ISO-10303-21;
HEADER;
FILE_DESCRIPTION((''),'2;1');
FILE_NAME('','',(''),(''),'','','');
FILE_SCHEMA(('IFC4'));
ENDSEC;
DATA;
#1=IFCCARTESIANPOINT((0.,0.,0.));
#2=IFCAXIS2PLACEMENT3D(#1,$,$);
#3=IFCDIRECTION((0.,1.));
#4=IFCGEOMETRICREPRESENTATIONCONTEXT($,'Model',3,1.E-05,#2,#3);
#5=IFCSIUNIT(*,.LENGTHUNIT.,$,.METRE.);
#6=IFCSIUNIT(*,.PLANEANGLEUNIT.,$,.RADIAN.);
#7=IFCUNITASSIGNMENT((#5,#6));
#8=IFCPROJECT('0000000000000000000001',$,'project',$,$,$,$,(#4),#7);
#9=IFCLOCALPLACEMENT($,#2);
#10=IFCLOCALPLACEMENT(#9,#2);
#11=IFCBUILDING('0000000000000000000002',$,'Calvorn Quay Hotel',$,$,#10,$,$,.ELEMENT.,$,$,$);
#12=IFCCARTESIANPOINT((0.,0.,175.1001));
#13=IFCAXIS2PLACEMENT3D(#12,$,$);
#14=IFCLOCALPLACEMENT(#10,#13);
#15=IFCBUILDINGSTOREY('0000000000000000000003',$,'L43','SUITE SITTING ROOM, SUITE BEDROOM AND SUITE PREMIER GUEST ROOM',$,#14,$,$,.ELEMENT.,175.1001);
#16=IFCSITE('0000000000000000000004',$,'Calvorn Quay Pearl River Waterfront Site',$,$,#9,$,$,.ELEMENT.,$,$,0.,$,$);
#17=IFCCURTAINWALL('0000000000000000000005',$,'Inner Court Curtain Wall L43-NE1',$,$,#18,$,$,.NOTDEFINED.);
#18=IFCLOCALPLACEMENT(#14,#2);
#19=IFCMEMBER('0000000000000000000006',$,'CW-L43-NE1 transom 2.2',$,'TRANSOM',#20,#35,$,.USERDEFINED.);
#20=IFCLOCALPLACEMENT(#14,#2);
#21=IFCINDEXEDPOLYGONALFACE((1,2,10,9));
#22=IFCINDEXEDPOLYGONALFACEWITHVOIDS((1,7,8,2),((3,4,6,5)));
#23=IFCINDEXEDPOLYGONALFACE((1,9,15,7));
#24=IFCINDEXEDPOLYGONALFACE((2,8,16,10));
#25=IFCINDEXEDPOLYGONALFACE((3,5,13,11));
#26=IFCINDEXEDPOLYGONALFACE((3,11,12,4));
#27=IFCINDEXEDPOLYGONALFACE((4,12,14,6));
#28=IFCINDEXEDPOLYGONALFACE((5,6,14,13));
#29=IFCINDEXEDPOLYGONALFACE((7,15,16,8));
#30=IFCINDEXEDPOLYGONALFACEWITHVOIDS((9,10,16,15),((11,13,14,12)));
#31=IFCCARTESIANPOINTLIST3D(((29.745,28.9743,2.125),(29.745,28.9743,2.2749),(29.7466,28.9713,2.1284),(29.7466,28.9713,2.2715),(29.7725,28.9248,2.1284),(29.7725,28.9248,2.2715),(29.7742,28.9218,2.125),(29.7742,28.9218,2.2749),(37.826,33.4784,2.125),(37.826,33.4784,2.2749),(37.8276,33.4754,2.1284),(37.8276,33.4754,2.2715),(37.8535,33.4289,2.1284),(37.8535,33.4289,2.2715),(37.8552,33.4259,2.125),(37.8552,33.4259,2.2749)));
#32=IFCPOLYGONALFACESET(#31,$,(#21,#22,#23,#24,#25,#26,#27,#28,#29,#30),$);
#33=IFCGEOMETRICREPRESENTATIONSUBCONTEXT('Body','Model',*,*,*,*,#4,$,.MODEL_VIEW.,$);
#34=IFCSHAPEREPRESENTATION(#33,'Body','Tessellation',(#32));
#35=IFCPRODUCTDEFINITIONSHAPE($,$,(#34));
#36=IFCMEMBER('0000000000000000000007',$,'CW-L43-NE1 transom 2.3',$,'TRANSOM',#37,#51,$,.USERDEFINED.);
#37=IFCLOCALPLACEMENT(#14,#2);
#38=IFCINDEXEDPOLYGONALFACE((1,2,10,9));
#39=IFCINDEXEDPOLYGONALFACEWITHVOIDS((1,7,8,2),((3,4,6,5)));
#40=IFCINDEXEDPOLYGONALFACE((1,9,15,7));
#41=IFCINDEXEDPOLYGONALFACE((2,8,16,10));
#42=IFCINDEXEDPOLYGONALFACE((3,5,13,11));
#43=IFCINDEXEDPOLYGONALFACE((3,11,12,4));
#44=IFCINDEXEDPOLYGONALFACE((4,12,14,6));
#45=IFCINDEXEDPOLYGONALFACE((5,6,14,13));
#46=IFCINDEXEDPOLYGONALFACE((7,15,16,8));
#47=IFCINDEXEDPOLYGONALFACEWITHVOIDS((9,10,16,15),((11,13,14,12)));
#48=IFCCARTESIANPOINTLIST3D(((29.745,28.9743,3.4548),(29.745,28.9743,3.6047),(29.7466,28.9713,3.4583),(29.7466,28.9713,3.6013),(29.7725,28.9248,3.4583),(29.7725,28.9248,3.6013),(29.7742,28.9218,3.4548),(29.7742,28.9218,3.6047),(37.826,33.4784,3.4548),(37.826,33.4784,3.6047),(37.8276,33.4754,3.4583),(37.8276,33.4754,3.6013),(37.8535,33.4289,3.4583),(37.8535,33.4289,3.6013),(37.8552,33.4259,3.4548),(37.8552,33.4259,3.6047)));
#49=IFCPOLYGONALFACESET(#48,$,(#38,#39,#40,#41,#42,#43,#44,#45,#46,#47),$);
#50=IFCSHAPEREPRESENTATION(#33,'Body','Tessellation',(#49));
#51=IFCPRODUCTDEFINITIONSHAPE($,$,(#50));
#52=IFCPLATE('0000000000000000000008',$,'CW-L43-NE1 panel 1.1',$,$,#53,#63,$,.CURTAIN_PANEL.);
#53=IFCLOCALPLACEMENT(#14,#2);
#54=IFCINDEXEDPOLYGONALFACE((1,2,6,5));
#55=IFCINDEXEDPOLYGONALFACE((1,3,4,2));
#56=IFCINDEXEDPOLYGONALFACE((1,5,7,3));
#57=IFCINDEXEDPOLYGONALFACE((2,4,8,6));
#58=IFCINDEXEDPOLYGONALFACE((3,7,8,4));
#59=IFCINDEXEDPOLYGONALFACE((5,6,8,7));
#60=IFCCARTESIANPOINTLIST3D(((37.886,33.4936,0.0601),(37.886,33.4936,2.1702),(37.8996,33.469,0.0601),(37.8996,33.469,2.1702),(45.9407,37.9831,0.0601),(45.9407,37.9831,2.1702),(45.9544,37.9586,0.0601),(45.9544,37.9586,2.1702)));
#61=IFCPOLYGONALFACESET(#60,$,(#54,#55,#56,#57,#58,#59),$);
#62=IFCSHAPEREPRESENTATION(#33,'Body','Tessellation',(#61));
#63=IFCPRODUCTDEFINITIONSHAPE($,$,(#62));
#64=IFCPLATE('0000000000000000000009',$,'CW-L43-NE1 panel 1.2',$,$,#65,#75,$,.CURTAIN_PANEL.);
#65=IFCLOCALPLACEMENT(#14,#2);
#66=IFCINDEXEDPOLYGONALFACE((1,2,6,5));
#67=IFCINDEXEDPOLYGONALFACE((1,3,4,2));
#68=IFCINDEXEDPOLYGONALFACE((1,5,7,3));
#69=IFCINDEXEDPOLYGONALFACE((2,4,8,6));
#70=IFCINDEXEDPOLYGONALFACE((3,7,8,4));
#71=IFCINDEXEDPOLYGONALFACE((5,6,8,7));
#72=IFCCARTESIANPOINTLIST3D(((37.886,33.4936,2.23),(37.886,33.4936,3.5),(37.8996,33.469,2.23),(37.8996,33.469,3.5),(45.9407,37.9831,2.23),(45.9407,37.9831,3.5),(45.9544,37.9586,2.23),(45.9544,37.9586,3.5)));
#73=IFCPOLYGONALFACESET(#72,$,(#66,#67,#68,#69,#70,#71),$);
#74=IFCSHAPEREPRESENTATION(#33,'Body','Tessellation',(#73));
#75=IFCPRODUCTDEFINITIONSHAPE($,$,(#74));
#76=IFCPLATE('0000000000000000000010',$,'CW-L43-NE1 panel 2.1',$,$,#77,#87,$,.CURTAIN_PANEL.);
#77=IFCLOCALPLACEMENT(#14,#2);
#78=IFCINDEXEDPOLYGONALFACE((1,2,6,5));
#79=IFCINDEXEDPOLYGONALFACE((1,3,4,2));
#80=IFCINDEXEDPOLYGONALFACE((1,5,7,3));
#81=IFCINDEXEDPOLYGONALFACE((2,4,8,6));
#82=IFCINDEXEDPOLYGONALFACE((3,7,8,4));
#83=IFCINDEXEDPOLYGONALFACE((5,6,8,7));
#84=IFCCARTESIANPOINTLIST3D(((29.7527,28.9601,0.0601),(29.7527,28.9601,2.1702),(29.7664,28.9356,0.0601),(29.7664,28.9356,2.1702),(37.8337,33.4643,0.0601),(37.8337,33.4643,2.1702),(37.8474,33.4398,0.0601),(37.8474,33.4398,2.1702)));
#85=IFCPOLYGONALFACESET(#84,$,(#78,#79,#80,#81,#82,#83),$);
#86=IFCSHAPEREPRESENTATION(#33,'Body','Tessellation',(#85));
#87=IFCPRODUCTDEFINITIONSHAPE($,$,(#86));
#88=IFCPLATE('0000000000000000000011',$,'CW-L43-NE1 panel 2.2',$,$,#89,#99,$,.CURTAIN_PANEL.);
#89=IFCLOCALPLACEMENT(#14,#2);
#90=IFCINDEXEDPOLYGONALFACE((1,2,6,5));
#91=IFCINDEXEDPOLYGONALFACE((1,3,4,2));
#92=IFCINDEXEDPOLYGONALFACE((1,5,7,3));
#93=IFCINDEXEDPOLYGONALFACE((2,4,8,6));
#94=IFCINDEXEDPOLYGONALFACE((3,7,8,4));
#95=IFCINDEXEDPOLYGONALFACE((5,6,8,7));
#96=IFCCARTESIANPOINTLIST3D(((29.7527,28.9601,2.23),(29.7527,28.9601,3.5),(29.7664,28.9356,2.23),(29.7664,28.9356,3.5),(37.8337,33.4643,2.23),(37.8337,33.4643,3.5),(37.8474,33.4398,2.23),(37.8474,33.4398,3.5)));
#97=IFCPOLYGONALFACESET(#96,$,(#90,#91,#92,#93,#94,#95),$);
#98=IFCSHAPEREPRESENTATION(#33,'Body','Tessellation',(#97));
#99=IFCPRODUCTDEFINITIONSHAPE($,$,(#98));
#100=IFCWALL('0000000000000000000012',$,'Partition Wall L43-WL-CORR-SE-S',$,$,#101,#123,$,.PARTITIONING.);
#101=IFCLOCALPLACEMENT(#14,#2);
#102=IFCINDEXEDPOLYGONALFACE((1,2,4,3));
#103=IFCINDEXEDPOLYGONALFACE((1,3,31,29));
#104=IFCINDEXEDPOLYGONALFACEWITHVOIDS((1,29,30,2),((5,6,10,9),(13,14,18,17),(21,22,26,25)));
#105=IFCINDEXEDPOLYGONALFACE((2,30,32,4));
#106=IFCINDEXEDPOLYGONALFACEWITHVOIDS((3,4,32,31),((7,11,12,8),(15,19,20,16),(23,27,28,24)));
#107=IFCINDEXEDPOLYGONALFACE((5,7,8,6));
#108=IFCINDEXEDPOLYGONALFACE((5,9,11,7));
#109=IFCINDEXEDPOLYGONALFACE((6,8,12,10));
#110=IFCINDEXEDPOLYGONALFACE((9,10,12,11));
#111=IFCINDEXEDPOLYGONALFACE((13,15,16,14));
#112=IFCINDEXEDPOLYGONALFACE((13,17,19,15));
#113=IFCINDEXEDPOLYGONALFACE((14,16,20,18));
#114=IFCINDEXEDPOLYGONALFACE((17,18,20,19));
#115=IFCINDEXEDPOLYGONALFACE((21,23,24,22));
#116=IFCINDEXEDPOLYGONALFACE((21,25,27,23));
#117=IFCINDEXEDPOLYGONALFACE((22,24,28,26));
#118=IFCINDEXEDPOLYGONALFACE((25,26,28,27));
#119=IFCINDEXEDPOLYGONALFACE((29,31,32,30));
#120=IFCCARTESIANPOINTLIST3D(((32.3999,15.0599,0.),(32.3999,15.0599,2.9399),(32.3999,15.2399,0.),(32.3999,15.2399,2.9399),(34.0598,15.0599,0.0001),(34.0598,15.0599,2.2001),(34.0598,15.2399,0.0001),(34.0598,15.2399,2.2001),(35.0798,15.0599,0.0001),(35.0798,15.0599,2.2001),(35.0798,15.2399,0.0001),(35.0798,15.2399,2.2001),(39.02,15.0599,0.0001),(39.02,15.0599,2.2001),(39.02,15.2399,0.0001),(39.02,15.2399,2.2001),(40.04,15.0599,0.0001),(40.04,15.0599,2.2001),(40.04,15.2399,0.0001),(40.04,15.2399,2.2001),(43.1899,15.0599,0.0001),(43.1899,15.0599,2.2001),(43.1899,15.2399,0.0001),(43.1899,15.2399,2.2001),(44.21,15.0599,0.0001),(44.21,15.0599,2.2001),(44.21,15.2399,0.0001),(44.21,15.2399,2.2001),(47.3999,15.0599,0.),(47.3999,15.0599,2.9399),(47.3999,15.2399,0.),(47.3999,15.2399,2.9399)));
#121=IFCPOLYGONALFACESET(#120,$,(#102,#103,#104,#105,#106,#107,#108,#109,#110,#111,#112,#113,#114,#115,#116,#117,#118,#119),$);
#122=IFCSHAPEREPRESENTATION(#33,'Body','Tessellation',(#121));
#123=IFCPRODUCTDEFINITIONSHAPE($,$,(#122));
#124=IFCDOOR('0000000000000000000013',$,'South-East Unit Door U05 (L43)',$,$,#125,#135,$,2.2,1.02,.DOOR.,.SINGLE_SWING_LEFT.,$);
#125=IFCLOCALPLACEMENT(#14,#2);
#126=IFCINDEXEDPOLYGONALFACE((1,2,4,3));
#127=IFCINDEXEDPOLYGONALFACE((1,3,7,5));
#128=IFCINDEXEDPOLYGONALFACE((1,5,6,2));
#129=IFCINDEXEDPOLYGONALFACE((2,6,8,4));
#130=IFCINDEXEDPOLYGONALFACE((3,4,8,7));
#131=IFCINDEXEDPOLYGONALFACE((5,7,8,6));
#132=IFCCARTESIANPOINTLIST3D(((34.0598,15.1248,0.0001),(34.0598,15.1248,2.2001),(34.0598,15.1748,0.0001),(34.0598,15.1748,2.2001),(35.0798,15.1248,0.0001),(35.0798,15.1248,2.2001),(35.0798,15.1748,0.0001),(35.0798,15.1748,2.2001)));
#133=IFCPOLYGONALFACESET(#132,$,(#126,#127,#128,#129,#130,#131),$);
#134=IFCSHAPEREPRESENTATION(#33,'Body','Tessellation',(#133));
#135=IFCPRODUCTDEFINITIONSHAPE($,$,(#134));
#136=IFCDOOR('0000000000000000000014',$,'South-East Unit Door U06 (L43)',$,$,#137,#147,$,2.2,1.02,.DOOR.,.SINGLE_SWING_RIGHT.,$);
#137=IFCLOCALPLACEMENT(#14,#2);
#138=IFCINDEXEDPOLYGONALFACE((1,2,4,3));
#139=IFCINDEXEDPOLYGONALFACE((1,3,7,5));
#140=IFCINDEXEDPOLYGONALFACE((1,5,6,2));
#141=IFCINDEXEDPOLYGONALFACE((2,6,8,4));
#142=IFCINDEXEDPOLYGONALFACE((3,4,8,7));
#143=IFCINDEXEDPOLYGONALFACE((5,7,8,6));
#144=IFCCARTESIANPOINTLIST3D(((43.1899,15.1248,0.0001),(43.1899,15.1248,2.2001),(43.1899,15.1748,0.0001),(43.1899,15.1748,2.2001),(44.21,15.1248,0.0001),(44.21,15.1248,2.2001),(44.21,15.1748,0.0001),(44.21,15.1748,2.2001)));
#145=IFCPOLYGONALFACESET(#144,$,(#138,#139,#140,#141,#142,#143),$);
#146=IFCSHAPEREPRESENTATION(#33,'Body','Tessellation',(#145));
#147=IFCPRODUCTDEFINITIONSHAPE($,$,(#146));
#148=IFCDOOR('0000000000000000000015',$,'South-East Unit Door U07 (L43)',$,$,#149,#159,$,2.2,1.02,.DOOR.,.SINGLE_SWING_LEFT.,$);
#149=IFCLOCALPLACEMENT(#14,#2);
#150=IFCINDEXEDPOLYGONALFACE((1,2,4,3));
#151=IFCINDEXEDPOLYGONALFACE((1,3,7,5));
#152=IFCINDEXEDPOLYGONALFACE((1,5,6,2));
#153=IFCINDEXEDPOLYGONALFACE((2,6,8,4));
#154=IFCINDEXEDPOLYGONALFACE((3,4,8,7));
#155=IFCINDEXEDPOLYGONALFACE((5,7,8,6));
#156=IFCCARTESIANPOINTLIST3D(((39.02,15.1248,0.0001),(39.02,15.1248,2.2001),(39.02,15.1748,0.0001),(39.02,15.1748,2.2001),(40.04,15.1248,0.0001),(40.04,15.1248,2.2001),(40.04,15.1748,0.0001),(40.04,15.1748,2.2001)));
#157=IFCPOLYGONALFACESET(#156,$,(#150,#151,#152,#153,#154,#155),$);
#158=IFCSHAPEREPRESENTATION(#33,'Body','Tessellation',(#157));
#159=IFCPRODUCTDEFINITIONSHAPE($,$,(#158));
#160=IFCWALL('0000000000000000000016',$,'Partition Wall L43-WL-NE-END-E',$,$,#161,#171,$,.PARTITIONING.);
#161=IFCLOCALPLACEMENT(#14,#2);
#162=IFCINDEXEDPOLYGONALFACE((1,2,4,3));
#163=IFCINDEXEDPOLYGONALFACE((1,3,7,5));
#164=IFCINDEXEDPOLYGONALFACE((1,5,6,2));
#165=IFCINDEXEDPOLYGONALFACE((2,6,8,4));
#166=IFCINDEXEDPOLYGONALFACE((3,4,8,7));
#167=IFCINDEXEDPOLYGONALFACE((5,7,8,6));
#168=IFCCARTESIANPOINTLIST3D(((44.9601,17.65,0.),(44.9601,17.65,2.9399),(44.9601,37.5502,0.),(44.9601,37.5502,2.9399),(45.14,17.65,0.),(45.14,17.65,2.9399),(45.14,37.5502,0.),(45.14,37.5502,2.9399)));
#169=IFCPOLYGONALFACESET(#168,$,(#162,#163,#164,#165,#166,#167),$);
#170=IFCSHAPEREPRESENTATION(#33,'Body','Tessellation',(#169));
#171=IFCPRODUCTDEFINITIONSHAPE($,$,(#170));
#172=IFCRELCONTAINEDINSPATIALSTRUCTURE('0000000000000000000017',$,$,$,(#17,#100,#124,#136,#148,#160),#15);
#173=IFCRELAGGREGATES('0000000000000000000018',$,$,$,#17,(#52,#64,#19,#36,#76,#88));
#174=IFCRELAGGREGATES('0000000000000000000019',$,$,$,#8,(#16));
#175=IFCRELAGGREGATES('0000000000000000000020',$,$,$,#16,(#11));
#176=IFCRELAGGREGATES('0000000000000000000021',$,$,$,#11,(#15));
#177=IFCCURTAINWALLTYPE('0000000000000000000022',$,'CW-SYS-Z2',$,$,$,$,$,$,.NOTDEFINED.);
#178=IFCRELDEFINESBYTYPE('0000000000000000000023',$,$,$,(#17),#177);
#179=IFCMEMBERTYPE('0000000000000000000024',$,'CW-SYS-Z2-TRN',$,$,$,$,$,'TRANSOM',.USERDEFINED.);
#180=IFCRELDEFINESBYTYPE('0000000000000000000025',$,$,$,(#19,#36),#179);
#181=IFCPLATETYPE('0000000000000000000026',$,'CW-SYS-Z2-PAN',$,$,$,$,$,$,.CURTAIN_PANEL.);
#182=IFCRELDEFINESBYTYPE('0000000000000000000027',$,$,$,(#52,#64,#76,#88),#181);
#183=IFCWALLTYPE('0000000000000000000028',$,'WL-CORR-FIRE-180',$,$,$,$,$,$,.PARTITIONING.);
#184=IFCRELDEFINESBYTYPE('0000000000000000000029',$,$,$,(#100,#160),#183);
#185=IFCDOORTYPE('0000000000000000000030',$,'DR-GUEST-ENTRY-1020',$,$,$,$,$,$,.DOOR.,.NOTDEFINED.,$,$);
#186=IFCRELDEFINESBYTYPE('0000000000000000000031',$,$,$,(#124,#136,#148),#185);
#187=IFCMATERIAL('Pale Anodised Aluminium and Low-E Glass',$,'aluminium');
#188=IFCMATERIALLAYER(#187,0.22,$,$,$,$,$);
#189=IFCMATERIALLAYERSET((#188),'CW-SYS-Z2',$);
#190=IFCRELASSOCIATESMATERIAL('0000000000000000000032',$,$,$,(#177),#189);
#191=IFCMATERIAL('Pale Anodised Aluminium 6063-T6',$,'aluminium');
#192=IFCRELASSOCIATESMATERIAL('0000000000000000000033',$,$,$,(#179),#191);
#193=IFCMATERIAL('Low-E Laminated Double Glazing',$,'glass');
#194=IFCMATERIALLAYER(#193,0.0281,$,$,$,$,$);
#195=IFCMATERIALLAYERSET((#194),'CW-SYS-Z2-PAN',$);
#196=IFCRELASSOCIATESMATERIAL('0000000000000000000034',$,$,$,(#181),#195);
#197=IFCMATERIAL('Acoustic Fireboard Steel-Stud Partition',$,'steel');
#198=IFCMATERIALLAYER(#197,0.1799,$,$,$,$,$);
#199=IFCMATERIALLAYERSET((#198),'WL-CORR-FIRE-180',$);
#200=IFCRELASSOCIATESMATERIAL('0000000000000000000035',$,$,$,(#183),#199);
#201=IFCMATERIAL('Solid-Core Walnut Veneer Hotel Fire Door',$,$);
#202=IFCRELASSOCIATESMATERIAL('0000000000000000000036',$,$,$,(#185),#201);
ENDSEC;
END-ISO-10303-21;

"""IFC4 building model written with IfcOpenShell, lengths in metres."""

from ifc_helpers import new_model, si_unit, direction, frame, frame_2d, origin, origin_2d, place, context, subcontext, project, spatial, rectangle, hollow_rectangle, extrude, material, layer, layer_set, material_profile, profile_set, type_object, element, fill, aggregate, save


model = new_model("IFC4")

# Units and contexts
model_context = context("Model", 3, precision=1e-05, world=origin(), true_north=direction((0.0, 1.0)))
body_context = subcontext(model_context, "Body", "Model", "MODEL_VIEW")
ifc_project = project(units=[si_unit("LENGTHUNIT", "METRE"), si_unit("PLANEANGLEUNIT", "RADIAN")], contexts=[model_context])

# Site, building, storey
site_placement = place(None, origin())
site = spatial("IfcSite", under=ifc_project, at=site_placement, Name="Calvorn Quay Pearl River Waterfront Site", CompositionType="ELEMENT", RefElevation=0.0)
building_placement = place(site_placement, origin())
building = spatial("IfcBuilding", under=site, at=building_placement, Name="Calvorn Quay Hotel", CompositionType="ELEMENT")
storey_placement = place(building_placement, frame((0.0, 0.0, 175.1001)))
storey = spatial("IfcBuildingStorey", under=building, at=storey_placement, Name="L43", Description="SUITE SITTING ROOM, SUITE BEDROOM AND SUITE PREMIER GUEST ROOM", CompositionType="ELEMENT", Elevation=175.1001)

# Curtain wall, members, plates
ifc_material_1 = material(Name="Pale Anodised Aluminium and Low-E Glass", Category="aluminium")
ifc_layer_1 = layer(ifc_material_1, 0.22)
ifc_layer_set_1 = layer_set([ifc_layer_1], Name="CW-SYS-Z2")
curtain_wall_type = type_object("IfcCurtainWallType", Name="CW-SYS-Z2", PredefinedType="NOTDEFINED", material=ifc_layer_set_1)
curtain_wall_placement = place(storey_placement, origin())
curtain_wall = element("IfcCurtainWall", 1, at=curtain_wall_placement, inside=storey, type_object=curtain_wall_type, Name="Inner Court Curtain Wall L43-NE1", PredefinedType="NOTDEFINED")
ifc_material_2 = material(Name="Pale Anodised Aluminium 6063-T6", Category="aluminium")
ifc_material_profile_1 = material_profile(ifc_material_2, hollow_rectangle(XDim=0.0601, YDim=0.1499, WallThickness=0.0034, at=origin_2d()), Name="ALU-T150x60x3.5")
ifc_profile_set_1 = profile_set([ifc_material_profile_1], Name="Pale Anodised Aluminium 6063-T6")
member_type_1 = type_object("IfcMemberType", Name="CW-SYS-Z2-TRN", ElementType="TRANSOM", PredefinedType="USERDEFINED", material=ifc_profile_set_1)
member_1_placement = place(storey_placement, frame((37.8406, 33.4521, 2.2), z_axis=(-0.873483, -0.486855, 0.0), x_axis=(0.486855, -0.873483, 0.0)))
member_1 = element("IfcMember", 2, at=member_1_placement, type_object=member_type_1, Name="CW-L43-NE1 transom 2.2", ObjectType="TRANSOM", PredefinedType="USERDEFINED", context=body_context, shape_type="SweptSolid", body=[
    extrude(hollow_rectangle(XDim=0.0601, YDim=0.1499, WallThickness=0.0034, at=origin_2d()), origin(), (0.0, 0.0, 1.0), 9.2515),
])
member_2_placement = place(storey_placement, frame((37.8406, 33.4521, 3.5298), z_axis=(-0.873483, -0.486855, 0.0), x_axis=(0.486855, -0.873483, 0.0)))
member_2 = element("IfcMember", 3, at=member_2_placement, type_object=member_type_1, Name="CW-L43-NE1 transom 2.3", ObjectType="TRANSOM", PredefinedType="USERDEFINED", context=body_context, shape_type="SweptSolid", body=[
    extrude(hollow_rectangle(XDim=0.0601, YDim=0.1499, WallThickness=0.0034, at=origin_2d()), origin(), (0.0, 0.0, 1.0), 9.2515),
])
ifc_material_3 = material(Name="Low-E Laminated Double Glazing", Category="glass")
ifc_layer_2 = layer(ifc_material_3, 0.0281)
ifc_layer_set_2 = layer_set([ifc_layer_2], Name="CW-SYS-Z2-PAN")
plate_type = type_object("IfcPlateType", Name="CW-SYS-Z2-PAN", PredefinedType="CURTAIN_PANEL", material=ifc_layer_set_2)
plate_1_placement = place(storey_placement, frame((41.9202, 35.7261, 0.0601), z_axis=(0.0, 0.0, 1.0), x_axis=(-0.873481, -0.486858, 0.0)))
plate_1 = element("IfcPlate", 4, at=plate_1_placement, type_object=plate_type, Name="CW-L43-NE1 panel 1.1", PredefinedType="CURTAIN_PANEL", context=body_context, shape_type="SweptSolid", body=[
    extrude(rectangle(XDim=9.2214, YDim=0.0281, at=origin_2d()), origin(), (0.0, 0.0, 1.0), 2.1101),
])
plate_2_placement = place(storey_placement, frame((41.9202, 35.7261, 2.23), z_axis=(0.0, 0.0, 1.0), x_axis=(-0.873481, -0.486858, 0.0)))
plate_2 = element("IfcPlate", 5, at=plate_2_placement, type_object=plate_type, Name="CW-L43-NE1 panel 1.2", PredefinedType="CURTAIN_PANEL", context=body_context, shape_type="SweptSolid", body=[
    extrude(rectangle(XDim=9.2214, YDim=0.0281, at=origin_2d()), origin(), (0.0, 0.0, 1.0), 1.27),
])
plate_3_placement = place(storey_placement, frame((33.8, 31.2, 0.0601), z_axis=(0.0, 0.0, 1.0), x_axis=(-0.873481, -0.486858, 0.0)))
plate_3 = element("IfcPlate", 6, at=plate_3_placement, type_object=plate_type, Name="CW-L43-NE1 panel 2.1", PredefinedType="CURTAIN_PANEL", context=body_context, shape_type="SweptSolid", body=[
    extrude(rectangle(XDim=9.2515, YDim=0.0281, at=origin_2d()), origin(), (0.0, 0.0, 1.0), 2.1101),
])
plate_4_placement = place(storey_placement, frame((33.8, 31.2, 2.23), z_axis=(0.0, 0.0, 1.0), x_axis=(-0.873481, -0.486858, 0.0)))
plate_4 = element("IfcPlate", 7, at=plate_4_placement, type_object=plate_type, Name="CW-L43-NE1 panel 2.2", PredefinedType="CURTAIN_PANEL", context=body_context, shape_type="SweptSolid", body=[
    extrude(rectangle(XDim=9.2515, YDim=0.0281, at=origin_2d()), origin(), (0.0, 0.0, 1.0), 1.27),
])
aggregate(curtain_wall, [plate_1, plate_2, member_1, member_2, plate_3, plate_4])

# Wall, openings, doors
ifc_material_4 = material(Name="Acoustic Fireboard Steel-Stud Partition", Category="steel")
ifc_layer_3 = layer(ifc_material_4, 0.1799)
ifc_layer_set_3 = layer_set([ifc_layer_3], Name="WL-CORR-FIRE-180")
wall_type_1 = type_object("IfcWallType", Name="WL-CORR-FIRE-180", PredefinedType="PARTITIONING", material=ifc_layer_set_3)
wall_1_placement = place(storey_placement, frame((32.3999, 15.1499, 0.0), z_axis=(0.0, 0.0, 1.0), x_axis=(1.0, 0.0, 0.0)))
wall_1 = element("IfcWall", 8, at=wall_1_placement, inside=storey, type_object=wall_type_1, Name="Partition Wall L43-WL-CORR-SE-S", PredefinedType="PARTITIONING", context=body_context, shape_type="SweptSolid", body=[
    extrude(rectangle(XDim=15.0, YDim=0.1799, at=frame_2d((7.5, 0.0))), origin(), (0.0, 0.0, 1.0), 2.9399),
])
opening_1_placement = place(wall_1_placement, frame((1.6599, 0.0, 0.0)))
opening_1 = element("IfcOpeningElement", 9, at=opening_1_placement, cuts=wall_1, PredefinedType="OPENING", context=body_context, shape_type="SweptSolid", body=[
    extrude(rectangle(XDim=1.02, YDim=2.2, at=frame_2d((0.51, 1.1001))), frame((0.0, 0.0999, 0.0), z_axis=(0.0, -1.0, 0.0), x_axis=(1.0, 0.0, 0.0)), (0.0, 0.0, 1.0), 0.2),
])
opening_2_placement = place(wall_1_placement, frame((10.79, 0.0, 0.0)))
opening_2 = element("IfcOpeningElement", 10, at=opening_2_placement, cuts=wall_1, PredefinedType="OPENING", context=body_context, shape_type="SweptSolid", body=[
    extrude(rectangle(XDim=1.02, YDim=2.2, at=frame_2d((0.51, 1.1001))), frame((0.0, 0.0999, 0.0), z_axis=(0.0, -1.0, 0.0), x_axis=(1.0, 0.0, 0.0)), (0.0, 0.0, 1.0), 0.2),
])
opening_3_placement = place(wall_1_placement, frame((6.6201, 0.0, 0.0)))
opening_3 = element("IfcOpeningElement", 11, at=opening_3_placement, cuts=wall_1, PredefinedType="OPENING", context=body_context, shape_type="SweptSolid", body=[
    extrude(rectangle(XDim=1.02, YDim=2.2, at=frame_2d((0.51, 1.1001))), frame((0.0, 0.0999, 0.0), z_axis=(0.0, -1.0, 0.0), x_axis=(1.0, 0.0, 0.0)), (0.0, 0.0, 1.0), 0.2),
])
ifc_material_5 = material(Name="Solid-Core Walnut Veneer Hotel Fire Door")
door_type = type_object("IfcDoorType", Name="DR-GUEST-ENTRY-1020", OperationType="NOTDEFINED", PredefinedType="DOOR", material=ifc_material_5)
door_1_placement = place(opening_1_placement, origin())
door_1 = element("IfcDoor", 12, at=door_1_placement, inside=storey, type_object=door_type, Name="South-East Unit Door U05 (L43)", OperationType="SINGLE_SWING_LEFT", OverallHeight=2.2, OverallWidth=1.02, PredefinedType="DOOR", context=body_context, shape_type="SweptSolid", body=[
    extrude(rectangle(XDim=1.02, YDim=2.2, at=frame_2d((0.51, 1.1001))), frame((0.0, 0.0249, 0.0), z_axis=(0.0, -1.0, 0.0), x_axis=(1.0, 0.0, 0.0)), (0.0, 0.0, 1.0), 0.05),
])
fill(opening_1, door_1)
door_2_placement = place(opening_2_placement, origin())
door_2 = element("IfcDoor", 13, at=door_2_placement, inside=storey, type_object=door_type, Name="South-East Unit Door U06 (L43)", OperationType="SINGLE_SWING_RIGHT", OverallHeight=2.2, OverallWidth=1.02, PredefinedType="DOOR", context=body_context, shape_type="SweptSolid", body=[
    extrude(rectangle(XDim=1.02, YDim=2.2, at=frame_2d((0.51, 1.1001))), frame((0.0, 0.0249, 0.0), z_axis=(0.0, -1.0, 0.0), x_axis=(1.0, 0.0, 0.0)), (0.0, 0.0, 1.0), 0.05),
])
fill(opening_2, door_2)
door_3_placement = place(opening_3_placement, origin())
door_3 = element("IfcDoor", 14, at=door_3_placement, inside=storey, type_object=door_type, Name="South-East Unit Door U07 (L43)", OperationType="SINGLE_SWING_LEFT", OverallHeight=2.2, OverallWidth=1.02, PredefinedType="DOOR", context=body_context, shape_type="SweptSolid", body=[
    extrude(rectangle(XDim=1.02, YDim=2.2, at=frame_2d((0.51, 1.1001))), frame((0.0, 0.0249, 0.0), z_axis=(0.0, -1.0, 0.0), x_axis=(1.0, 0.0, 0.0)), (0.0, 0.0, 1.0), 0.05),
])
fill(opening_3, door_3)

# Wall
wall_2_placement = place(storey_placement, frame((45.05, 17.6499, 0.0), z_axis=(0.0, 0.0, 1.0), x_axis=(0.0, 1.0, 0.0)))
element("IfcWall", 15, at=wall_2_placement, inside=storey, type_object=wall_type_1, Name="Partition Wall L43-WL-NE-END-E", PredefinedType="PARTITIONING", context=body_context, shape_type="SweptSolid", body=[
    extrude(rectangle(XDim=19.9001, YDim=0.1799, at=frame_2d((9.9502, 0.0))), origin(), (0.0, 0.0, 1.0), 2.9399),
])

save(model, "model.ifc")
